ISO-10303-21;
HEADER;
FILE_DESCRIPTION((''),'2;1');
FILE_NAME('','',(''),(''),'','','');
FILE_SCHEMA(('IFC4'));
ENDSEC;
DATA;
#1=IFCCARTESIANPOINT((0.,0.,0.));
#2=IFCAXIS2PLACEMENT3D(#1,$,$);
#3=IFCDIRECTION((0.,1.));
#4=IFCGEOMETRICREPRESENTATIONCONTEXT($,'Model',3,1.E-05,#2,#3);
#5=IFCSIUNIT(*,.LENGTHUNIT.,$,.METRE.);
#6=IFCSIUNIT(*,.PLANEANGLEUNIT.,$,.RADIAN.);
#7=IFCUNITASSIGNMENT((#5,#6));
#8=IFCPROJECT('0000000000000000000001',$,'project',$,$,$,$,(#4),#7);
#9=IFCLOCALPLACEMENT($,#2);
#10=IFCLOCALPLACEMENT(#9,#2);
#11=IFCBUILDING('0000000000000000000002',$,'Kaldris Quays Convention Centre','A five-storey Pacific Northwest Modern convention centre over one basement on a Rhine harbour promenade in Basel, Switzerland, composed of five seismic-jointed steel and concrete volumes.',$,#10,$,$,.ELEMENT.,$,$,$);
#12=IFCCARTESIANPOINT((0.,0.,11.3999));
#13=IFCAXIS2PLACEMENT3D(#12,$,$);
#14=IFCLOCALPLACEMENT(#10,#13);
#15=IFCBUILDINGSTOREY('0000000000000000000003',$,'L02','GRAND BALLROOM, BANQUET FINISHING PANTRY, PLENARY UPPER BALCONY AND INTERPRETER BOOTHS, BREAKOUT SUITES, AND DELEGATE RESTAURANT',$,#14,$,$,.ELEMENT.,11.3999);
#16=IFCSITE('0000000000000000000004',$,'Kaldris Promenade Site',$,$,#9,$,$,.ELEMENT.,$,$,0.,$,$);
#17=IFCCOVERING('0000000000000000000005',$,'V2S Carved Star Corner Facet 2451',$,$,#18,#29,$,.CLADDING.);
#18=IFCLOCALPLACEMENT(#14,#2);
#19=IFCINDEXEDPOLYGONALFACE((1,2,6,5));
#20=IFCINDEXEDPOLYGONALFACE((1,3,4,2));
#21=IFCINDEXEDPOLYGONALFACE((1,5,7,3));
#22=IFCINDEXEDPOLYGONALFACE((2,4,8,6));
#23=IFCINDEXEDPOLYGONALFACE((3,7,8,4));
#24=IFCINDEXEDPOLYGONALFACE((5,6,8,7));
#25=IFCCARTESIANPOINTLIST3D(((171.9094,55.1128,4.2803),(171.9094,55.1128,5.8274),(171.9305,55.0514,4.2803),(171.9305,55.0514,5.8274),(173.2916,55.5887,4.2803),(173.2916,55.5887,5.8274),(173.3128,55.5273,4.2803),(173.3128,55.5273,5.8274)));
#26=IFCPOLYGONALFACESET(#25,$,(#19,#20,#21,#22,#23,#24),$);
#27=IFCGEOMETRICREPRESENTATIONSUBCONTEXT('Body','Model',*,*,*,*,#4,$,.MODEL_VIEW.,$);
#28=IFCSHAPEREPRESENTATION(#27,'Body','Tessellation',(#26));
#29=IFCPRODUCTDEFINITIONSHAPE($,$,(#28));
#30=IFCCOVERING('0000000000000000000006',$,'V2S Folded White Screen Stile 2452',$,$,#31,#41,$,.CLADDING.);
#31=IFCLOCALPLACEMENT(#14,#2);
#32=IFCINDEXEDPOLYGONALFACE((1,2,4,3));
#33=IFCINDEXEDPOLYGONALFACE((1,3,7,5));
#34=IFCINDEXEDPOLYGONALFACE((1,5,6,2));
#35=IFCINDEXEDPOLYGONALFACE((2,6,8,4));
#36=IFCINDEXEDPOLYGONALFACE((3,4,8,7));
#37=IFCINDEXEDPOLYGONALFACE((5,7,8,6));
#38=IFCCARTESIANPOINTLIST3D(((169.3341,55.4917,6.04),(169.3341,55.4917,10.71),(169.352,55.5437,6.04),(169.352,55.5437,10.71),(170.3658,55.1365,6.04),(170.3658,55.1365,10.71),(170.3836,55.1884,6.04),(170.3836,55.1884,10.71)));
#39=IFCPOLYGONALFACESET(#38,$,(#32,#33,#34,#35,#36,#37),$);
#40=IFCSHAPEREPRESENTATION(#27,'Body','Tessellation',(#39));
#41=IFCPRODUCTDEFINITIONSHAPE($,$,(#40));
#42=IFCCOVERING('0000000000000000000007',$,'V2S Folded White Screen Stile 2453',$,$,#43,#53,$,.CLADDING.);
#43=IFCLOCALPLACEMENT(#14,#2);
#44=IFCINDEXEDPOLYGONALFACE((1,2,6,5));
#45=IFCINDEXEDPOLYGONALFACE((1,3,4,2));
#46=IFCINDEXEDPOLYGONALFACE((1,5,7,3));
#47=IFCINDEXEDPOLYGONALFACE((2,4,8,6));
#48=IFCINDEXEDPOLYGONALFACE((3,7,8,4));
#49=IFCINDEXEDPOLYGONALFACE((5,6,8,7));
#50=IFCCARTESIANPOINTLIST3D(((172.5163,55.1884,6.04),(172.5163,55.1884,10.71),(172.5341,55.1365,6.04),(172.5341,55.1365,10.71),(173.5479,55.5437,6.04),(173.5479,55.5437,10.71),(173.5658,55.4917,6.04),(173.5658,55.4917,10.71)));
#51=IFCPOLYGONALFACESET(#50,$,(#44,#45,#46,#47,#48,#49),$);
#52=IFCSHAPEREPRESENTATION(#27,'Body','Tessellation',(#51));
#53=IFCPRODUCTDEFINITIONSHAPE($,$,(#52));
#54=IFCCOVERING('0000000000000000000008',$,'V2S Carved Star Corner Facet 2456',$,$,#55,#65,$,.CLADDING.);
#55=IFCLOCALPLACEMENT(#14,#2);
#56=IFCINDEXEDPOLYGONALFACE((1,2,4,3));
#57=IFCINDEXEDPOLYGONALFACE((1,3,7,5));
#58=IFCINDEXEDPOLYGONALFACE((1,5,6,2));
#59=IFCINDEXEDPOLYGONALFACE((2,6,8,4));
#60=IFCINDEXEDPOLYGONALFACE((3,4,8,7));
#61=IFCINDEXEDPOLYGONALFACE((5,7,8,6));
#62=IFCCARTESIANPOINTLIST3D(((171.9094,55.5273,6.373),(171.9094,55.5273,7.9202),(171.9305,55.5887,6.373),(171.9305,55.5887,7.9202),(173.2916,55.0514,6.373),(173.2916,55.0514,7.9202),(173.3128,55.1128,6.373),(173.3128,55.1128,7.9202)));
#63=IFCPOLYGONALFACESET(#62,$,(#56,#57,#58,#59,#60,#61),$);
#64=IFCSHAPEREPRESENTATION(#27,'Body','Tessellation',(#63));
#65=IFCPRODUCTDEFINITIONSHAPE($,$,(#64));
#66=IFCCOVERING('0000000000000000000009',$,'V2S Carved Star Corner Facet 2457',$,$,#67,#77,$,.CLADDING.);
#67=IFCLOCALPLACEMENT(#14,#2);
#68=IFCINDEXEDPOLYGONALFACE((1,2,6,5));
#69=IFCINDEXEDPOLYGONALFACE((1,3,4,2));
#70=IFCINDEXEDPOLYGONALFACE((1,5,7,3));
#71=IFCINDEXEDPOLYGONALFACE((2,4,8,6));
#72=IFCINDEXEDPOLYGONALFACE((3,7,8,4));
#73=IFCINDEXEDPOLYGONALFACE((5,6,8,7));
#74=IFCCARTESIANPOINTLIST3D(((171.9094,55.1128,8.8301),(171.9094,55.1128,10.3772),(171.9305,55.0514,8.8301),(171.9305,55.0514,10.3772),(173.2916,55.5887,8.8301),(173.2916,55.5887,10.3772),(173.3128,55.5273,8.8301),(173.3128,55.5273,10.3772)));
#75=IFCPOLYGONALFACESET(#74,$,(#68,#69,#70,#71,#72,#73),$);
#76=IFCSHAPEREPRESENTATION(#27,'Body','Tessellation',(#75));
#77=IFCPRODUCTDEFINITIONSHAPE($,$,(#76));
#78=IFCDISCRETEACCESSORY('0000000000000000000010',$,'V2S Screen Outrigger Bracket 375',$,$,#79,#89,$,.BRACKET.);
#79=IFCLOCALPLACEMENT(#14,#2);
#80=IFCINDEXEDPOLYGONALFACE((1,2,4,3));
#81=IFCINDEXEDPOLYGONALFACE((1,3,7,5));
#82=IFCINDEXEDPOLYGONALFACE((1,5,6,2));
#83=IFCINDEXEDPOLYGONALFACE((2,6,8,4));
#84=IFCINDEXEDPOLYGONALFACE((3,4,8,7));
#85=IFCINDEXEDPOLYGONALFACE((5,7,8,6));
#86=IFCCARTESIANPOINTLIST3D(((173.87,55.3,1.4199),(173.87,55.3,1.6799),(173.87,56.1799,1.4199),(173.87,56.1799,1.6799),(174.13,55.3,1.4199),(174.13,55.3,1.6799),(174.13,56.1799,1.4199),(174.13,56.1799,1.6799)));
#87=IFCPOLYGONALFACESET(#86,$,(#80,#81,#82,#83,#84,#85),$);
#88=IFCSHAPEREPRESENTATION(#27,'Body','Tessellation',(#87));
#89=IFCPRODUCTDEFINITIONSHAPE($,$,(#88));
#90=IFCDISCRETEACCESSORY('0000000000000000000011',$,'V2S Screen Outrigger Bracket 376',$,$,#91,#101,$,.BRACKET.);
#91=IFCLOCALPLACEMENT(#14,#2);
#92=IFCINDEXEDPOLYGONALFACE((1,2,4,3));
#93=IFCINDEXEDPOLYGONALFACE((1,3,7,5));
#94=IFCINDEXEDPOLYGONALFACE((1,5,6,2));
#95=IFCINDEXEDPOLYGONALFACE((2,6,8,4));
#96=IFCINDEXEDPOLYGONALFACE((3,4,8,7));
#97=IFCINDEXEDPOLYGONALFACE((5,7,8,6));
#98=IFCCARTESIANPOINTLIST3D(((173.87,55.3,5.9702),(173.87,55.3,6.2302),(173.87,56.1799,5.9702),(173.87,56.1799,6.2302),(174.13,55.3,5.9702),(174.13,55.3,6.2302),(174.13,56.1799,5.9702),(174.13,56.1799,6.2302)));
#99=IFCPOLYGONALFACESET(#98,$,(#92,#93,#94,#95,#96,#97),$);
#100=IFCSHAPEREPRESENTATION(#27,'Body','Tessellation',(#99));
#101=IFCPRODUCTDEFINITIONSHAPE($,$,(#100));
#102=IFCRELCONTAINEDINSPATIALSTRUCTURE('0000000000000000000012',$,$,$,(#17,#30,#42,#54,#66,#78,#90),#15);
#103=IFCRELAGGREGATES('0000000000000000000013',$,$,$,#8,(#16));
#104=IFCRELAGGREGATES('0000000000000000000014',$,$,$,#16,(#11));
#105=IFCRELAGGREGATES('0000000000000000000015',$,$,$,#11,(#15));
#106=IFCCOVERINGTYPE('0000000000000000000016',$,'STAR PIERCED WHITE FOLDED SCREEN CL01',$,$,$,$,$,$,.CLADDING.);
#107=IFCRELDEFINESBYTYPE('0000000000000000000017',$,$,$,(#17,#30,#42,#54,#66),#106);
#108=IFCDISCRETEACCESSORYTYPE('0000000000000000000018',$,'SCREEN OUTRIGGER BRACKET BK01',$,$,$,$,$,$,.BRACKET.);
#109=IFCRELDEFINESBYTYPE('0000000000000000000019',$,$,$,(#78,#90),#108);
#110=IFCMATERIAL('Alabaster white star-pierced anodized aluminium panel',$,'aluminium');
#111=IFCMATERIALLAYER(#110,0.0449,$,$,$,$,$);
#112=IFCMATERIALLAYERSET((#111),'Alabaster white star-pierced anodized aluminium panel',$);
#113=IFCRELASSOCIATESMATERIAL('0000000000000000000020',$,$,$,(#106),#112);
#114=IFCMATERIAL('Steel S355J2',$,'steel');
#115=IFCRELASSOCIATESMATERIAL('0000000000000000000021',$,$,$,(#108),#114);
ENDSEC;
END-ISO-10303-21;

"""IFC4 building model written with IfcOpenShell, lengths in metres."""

from ifc_helpers import new_model, si_unit, direction, frame, origin, origin_2d, place, context, subcontext, project, spatial, rectangle, extrude, material, layer, layer_set, type_object, element, save


model = new_model("IFC4")

# Units and contexts
model_context = context("Model", 3, precision=1e-05, world=origin(), true_north=direction((0.0, 1.0)))
body_context = subcontext(model_context, "Body", "Model", "MODEL_VIEW")
ifc_project = project(units=[si_unit("LENGTHUNIT", "METRE"), si_unit("PLANEANGLEUNIT", "RADIAN")], contexts=[model_context])

# Site, building, storey
site_placement = place(None, origin())
site = spatial("IfcSite", under=ifc_project, at=site_placement, Name="Kaldris Promenade Site", CompositionType="ELEMENT", RefElevation=0.0)
building_placement = place(site_placement, origin())
building = spatial("IfcBuilding", under=site, at=building_placement, Name="Kaldris Quays Convention Centre", Description="A five-storey Pacific Northwest Modern convention centre over one basement on a Rhine harbour promenade in Basel, Switzerland, composed of five seismic-jointed steel and concrete volumes.", CompositionType="ELEMENT")
storey_placement = place(building_placement, frame((0.0, 0.0, 11.3999)))
storey = spatial("IfcBuildingStorey", under=building, at=storey_placement, Name="L02", Description="GRAND BALLROOM, BANQUET FINISHING PANTRY, PLENARY UPPER BALCONY AND INTERPRETER BOOTHS, BREAKOUT SUITES, AND DELEGATE RESTAURANT", CompositionType="ELEMENT", Elevation=11.3999)

# Shared definitions
ifc_material_1 = material(Name="Steel S355J2", Category="steel")

# Coverings
ifc_material_2 = material(Name="Alabaster white star-pierced anodized aluminium panel", Category="aluminium")
ifc_layer = layer(ifc_material_2, 0.0449)
ifc_layer_set = layer_set([ifc_layer], Name="Alabaster white star-pierced anodized aluminium panel")
covering_type = type_object("IfcCoveringType", Name="STAR PIERCED WHITE FOLDED SCREEN CL01", PredefinedType="CLADDING", material=ifc_layer_set)
covering_placement = place(storey_placement, frame((172.6111, 55.3201, 4.2803), z_axis=(0.0, 0.0, 1.0), x_axis=(0.945519, 0.325568, 0.0)))
element("IfcCovering", 1, at=covering_placement, inside=storey, type_object=covering_type, Name="V2S Carved Star Corner Facet 2451", PredefinedType="CLADDING", context=body_context, shape_type="SweptSolid", body=[
    extrude(rectangle(XDim=1.4619, YDim=0.0649, at=origin_2d()), origin(), (0.0, 0.0, 1.0), 1.5471),
])
for number, where, z_axis, x_axis, name in (
    (2, (169.8589, 55.3401, 6.04), (0.0, 0.0, 1.0), (0.945519, -0.325568, 0.0), "V2S Folded White Screen Stile 2452"),
    (3, (173.041, 55.3401, 6.04), (0.0, 0.0, 1.0), (0.945519, 0.325568, 0.0), "V2S Folded White Screen Stile 2453"),
):
    element("IfcCovering", number, at=place(storey_placement, frame(where, z_axis=z_axis, x_axis=x_axis)), inside=storey, type_object=covering_type, Name=name, PredefinedType="CLADDING", context=body_context, shape_type="SweptSolid", body=[
        extrude(rectangle(XDim=1.0911, YDim=0.0549, at=origin_2d()), origin(), (0.0, 0.0, 1.0), 4.6699),
    ])
for number, where, z_axis, x_axis, name in (
    (4, (172.6111, 55.3201, 6.373), (0.0, 0.0, 1.0), (0.945519, -0.325568, 0.0), "V2S Carved Star Corner Facet 2456"),
    (5, (172.6111, 55.3201, 8.8301), (0.0, 0.0, 1.0), (0.945519, 0.325568, 0.0), "V2S Carved Star Corner Facet 2457"),
):
    element("IfcCovering", number, at=place(storey_placement, frame(where, z_axis=z_axis, x_axis=x_axis)), inside=storey, type_object=covering_type, Name=name, PredefinedType="CLADDING", context=body_context, shape_type="SweptSolid", body=[
        extrude(rectangle(XDim=1.4619, YDim=0.0649, at=origin_2d()), origin(), (0.0, 0.0, 1.0), 1.5471),
    ])

# Discrete accessories
discrete_accessory_type = type_object("IfcDiscreteAccessoryType", Name="SCREEN OUTRIGGER BRACKET BK01", PredefinedType="BRACKET", material=ifc_material_1)
for number, where, z_axis, x_axis, name in (
    (6, (174.0, 55.74, 1.4199), (0.0, 0.0, 1.0), (1.0, 0.0, 0.0), "V2S Screen Outrigger Bracket 375"),
    (7, (174.0, 55.74, 5.9702), (0.0, 0.0, 1.0), (1.0, 0.0, 0.0), "V2S Screen Outrigger Bracket 376"),
):
    element("IfcDiscreteAccessory", number, at=place(storey_placement, frame(where, z_axis=z_axis, x_axis=x_axis)), inside=storey, type_object=discrete_accessory_type, Name=name, PredefinedType="BRACKET", context=body_context, shape_type="SweptSolid", body=[
        extrude(rectangle(XDim=0.26, YDim=0.8799, at=origin_2d()), origin(), (0.0, 0.0, 1.0), 0.26),
    ])

save(model, "model.ifc")
